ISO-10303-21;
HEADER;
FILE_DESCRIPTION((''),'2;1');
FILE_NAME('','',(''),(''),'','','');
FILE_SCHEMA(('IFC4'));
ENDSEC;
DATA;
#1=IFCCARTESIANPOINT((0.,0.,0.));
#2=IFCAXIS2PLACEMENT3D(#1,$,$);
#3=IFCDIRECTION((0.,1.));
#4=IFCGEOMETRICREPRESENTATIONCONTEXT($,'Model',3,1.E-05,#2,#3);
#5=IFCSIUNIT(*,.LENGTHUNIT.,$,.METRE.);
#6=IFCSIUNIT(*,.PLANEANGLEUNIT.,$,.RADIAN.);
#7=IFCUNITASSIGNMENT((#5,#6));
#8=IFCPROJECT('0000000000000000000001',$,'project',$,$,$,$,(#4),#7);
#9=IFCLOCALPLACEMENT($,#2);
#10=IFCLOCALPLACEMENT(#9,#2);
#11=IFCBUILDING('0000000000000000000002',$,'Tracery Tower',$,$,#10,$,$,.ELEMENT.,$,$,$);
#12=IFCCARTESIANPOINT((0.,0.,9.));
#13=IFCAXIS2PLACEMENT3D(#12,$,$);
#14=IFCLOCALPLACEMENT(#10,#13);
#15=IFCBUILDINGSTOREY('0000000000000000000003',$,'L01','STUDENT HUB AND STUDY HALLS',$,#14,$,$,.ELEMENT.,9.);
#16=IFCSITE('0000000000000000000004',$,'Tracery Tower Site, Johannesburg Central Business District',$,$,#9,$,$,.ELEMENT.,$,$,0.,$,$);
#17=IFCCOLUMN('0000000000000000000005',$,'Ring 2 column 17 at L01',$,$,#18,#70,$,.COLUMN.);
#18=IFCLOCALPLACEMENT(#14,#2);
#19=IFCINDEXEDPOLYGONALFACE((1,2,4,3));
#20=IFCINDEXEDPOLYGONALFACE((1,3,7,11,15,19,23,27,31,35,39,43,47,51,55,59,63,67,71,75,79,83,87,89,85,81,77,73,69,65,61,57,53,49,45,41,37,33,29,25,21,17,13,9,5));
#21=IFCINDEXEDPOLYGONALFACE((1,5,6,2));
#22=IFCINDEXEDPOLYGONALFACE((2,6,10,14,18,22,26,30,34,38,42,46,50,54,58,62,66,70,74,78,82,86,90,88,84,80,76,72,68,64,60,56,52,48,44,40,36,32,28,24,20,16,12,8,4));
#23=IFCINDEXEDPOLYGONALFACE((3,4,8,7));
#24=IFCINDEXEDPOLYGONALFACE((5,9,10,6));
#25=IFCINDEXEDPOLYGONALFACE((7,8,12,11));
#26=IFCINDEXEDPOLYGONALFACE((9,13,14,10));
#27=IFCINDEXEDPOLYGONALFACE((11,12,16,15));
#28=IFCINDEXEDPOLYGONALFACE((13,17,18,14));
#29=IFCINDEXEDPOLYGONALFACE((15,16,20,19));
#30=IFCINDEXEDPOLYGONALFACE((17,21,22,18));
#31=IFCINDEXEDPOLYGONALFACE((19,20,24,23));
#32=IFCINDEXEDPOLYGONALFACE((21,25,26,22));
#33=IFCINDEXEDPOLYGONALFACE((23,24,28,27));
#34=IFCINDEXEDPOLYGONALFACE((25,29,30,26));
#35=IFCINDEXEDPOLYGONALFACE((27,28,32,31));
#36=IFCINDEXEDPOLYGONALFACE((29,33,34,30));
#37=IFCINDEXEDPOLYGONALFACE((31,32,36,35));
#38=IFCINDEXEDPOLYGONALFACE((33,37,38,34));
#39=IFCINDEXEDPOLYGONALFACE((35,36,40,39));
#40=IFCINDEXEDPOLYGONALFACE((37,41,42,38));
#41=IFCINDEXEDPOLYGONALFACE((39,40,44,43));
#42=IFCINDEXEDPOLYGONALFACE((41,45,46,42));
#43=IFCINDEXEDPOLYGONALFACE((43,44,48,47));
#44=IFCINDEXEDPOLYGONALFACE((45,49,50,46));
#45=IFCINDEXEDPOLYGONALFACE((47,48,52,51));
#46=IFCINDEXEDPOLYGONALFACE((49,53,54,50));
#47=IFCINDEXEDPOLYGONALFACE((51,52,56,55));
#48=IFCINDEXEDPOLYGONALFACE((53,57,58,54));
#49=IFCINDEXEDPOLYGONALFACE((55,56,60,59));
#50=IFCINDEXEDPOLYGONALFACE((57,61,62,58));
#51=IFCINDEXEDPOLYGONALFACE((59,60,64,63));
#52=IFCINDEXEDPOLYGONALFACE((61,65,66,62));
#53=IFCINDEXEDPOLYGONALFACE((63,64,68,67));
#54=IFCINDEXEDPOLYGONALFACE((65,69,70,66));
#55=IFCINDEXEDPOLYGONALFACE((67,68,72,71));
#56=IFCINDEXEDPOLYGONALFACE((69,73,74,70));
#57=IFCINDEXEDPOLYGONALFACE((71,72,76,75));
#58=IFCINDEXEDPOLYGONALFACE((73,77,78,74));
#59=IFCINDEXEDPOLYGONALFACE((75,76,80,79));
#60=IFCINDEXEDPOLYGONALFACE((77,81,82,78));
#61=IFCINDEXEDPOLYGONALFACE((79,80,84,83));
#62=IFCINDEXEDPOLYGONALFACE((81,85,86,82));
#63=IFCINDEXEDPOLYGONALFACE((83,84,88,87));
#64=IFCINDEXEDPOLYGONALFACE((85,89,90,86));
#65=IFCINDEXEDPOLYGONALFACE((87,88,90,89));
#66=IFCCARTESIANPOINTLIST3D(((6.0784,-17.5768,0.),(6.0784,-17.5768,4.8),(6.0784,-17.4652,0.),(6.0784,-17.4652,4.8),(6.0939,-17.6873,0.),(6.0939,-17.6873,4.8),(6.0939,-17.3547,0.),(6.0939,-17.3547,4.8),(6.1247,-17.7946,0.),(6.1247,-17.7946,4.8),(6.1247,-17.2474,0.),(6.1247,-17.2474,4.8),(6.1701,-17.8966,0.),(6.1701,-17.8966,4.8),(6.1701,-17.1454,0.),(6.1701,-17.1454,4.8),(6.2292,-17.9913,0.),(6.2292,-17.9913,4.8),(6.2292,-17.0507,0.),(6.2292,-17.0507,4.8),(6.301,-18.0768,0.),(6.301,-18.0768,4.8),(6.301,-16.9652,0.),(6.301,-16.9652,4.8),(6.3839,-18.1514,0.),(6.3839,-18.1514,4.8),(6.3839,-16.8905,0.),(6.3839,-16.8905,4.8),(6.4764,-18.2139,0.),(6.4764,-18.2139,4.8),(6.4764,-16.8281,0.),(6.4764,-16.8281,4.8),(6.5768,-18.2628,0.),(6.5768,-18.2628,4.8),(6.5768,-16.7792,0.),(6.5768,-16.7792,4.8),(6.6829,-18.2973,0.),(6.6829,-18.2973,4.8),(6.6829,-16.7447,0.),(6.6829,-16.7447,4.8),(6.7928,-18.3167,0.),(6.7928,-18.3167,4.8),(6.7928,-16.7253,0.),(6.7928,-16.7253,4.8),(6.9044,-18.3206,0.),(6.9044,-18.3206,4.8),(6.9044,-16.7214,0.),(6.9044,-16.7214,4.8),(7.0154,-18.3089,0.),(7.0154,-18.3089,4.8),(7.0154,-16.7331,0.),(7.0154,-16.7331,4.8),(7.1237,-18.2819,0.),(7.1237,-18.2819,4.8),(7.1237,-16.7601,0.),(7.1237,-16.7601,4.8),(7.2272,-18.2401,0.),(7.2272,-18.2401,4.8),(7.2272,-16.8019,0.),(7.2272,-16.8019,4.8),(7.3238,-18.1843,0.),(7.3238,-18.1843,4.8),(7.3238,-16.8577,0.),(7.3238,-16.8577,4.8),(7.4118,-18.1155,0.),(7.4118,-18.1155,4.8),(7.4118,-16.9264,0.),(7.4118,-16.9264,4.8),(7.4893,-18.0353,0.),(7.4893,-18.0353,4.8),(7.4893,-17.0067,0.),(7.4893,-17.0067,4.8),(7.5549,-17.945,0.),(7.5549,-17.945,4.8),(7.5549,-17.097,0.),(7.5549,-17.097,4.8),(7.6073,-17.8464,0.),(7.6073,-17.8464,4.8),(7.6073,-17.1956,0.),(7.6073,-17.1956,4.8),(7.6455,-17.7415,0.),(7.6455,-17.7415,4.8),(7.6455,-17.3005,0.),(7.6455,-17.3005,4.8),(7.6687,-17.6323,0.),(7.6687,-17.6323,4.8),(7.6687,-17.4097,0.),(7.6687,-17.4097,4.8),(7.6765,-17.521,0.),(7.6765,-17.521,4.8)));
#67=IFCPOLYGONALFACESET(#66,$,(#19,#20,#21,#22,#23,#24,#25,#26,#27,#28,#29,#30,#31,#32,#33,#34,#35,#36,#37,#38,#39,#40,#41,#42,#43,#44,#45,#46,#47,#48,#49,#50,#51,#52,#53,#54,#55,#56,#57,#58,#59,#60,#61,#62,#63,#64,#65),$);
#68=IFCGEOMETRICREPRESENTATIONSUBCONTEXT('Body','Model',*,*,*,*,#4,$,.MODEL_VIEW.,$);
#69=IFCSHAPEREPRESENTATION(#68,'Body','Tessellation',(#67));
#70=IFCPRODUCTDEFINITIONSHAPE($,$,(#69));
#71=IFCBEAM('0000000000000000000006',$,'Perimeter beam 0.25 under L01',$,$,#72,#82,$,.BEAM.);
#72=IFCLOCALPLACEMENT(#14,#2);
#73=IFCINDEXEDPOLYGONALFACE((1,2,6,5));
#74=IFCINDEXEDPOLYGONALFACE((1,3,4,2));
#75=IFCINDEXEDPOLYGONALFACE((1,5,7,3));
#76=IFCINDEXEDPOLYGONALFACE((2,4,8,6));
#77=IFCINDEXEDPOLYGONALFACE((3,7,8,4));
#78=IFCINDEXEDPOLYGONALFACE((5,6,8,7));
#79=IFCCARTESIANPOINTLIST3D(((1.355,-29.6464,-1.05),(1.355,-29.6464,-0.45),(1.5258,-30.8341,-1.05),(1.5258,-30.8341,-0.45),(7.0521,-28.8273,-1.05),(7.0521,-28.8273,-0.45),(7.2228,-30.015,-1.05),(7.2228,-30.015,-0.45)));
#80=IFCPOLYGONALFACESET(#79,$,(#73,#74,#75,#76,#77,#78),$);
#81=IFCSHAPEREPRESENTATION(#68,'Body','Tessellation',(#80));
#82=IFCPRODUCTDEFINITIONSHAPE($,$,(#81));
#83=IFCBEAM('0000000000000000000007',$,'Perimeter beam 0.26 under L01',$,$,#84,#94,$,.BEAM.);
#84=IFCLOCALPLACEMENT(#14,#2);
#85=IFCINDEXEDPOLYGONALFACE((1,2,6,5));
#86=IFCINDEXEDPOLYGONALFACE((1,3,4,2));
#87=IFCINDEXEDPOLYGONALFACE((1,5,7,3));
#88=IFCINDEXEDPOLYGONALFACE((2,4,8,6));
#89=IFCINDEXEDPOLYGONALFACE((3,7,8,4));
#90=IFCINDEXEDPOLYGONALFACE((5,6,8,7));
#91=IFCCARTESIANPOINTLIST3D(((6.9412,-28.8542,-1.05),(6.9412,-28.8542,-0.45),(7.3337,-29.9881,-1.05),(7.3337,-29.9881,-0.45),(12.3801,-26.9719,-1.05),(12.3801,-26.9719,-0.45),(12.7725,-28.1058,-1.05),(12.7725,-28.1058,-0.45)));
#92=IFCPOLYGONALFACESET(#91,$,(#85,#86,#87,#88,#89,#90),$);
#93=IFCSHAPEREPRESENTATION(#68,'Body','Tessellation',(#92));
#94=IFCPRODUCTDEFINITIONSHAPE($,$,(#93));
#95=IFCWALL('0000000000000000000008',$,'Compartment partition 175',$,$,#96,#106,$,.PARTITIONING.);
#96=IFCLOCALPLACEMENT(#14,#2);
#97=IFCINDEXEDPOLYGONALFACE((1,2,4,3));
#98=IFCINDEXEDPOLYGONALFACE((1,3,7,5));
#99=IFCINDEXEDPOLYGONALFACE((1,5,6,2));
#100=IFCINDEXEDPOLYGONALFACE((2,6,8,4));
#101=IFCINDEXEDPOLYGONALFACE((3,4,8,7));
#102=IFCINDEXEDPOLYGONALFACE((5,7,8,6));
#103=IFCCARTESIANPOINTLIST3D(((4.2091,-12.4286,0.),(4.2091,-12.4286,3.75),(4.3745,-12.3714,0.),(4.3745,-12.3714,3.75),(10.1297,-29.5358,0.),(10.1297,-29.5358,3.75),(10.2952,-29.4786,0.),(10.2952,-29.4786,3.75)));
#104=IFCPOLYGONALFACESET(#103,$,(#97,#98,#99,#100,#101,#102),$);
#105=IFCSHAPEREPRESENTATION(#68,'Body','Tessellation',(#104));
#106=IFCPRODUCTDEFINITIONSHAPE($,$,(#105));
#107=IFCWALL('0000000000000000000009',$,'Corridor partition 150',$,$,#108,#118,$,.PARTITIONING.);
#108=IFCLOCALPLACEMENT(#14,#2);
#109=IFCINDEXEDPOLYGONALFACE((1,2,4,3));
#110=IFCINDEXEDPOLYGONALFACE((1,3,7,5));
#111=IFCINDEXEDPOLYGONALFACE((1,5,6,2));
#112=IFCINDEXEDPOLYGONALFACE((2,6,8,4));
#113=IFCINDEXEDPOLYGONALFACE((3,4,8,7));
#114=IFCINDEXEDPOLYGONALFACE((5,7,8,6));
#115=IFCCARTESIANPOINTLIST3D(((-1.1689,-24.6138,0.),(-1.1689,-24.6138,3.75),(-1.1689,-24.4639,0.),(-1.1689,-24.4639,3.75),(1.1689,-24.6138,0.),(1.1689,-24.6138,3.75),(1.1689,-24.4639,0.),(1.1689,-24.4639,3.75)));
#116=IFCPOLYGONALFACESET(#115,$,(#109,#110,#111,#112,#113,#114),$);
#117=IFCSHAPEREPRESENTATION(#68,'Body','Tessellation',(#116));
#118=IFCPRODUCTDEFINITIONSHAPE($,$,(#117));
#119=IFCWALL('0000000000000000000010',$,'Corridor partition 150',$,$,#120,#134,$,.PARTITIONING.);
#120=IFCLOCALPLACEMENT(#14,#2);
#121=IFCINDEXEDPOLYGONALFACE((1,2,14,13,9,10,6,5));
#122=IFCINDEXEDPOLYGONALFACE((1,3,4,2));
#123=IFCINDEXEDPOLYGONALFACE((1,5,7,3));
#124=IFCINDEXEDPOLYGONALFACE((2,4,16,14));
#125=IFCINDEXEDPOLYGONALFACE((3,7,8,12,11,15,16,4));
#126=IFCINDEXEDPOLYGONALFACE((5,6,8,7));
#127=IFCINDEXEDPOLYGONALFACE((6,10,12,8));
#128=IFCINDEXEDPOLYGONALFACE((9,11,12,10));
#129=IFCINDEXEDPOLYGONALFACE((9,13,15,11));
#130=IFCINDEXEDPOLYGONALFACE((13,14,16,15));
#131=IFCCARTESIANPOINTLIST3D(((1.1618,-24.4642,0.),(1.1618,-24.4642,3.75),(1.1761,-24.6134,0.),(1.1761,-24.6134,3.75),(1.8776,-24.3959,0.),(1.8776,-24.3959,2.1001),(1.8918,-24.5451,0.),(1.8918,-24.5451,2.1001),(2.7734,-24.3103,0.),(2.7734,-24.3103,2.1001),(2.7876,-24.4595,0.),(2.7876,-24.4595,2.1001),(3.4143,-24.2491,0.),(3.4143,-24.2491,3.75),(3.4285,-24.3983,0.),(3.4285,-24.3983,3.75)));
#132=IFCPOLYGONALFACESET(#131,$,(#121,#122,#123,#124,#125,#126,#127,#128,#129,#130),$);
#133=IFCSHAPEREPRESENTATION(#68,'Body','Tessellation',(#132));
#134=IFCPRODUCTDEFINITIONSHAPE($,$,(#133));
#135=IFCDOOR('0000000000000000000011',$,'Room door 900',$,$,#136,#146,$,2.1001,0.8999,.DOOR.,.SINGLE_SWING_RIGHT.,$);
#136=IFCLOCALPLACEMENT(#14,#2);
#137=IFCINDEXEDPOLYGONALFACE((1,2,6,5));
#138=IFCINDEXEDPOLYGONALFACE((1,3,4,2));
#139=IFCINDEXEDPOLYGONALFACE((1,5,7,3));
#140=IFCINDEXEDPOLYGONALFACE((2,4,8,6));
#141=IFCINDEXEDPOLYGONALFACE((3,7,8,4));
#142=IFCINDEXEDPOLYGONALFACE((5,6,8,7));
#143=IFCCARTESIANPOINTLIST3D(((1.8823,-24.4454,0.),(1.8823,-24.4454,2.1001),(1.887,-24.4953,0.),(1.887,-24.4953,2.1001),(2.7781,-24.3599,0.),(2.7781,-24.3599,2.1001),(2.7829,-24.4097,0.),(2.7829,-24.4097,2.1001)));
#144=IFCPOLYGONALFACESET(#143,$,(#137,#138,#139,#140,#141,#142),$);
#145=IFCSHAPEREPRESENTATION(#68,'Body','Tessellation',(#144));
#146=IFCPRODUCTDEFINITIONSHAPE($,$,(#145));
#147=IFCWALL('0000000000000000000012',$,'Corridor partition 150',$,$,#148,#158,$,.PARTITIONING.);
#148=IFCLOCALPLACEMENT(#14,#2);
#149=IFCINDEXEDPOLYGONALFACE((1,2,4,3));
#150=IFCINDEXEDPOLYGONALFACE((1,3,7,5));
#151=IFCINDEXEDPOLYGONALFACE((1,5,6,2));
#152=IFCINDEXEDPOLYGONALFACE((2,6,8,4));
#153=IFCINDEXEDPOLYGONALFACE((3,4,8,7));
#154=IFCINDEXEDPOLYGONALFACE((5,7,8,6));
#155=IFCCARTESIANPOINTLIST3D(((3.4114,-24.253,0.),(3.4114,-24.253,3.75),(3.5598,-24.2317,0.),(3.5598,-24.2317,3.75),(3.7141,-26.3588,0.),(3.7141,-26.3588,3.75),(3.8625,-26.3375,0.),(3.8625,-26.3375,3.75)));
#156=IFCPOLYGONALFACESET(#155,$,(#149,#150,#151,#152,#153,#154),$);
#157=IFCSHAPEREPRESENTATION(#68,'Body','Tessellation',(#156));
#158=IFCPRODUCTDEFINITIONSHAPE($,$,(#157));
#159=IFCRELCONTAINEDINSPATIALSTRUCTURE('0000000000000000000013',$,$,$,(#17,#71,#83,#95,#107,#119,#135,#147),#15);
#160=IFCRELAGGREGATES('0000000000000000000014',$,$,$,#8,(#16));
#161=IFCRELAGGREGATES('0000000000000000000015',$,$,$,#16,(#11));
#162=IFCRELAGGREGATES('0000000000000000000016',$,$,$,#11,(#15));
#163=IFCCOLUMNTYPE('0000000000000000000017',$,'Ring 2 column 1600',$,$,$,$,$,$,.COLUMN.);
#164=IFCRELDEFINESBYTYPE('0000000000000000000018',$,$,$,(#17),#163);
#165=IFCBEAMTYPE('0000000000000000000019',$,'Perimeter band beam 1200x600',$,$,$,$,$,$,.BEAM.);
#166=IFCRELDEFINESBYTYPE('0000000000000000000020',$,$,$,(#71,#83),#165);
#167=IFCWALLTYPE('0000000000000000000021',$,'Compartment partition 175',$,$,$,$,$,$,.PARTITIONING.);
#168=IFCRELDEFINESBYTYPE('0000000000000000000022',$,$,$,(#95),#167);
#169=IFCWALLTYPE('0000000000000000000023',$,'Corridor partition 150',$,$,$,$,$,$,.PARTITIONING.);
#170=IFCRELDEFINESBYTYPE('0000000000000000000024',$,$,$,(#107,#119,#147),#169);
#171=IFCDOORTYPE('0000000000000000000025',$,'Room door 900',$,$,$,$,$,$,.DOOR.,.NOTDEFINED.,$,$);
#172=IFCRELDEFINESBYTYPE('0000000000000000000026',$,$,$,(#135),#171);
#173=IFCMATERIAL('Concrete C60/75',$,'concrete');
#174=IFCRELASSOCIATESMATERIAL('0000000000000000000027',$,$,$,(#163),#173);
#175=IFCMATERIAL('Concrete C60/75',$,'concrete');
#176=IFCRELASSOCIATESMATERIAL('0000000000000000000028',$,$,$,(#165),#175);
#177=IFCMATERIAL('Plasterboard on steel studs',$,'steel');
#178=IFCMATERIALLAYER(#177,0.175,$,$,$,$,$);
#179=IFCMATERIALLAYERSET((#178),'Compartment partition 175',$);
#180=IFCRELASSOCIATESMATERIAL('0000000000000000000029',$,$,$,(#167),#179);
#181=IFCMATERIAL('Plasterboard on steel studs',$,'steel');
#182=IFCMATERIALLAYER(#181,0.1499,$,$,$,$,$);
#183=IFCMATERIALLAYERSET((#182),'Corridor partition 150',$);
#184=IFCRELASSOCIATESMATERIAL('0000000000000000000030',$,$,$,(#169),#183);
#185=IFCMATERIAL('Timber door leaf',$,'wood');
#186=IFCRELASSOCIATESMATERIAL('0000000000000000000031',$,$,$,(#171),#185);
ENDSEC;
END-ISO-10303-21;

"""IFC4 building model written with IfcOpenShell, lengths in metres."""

from ifc_helpers import new_model, si_unit, direction, frame, frame_2d, origin, origin_2d, place, context, subcontext, project, spatial, rectangle, circle, extrude, material, layer, layer_set, material_profile, profile_set, type_object, element, fill, save


model = new_model("IFC4")

# Units and contexts
model_context = context("Model", 3, precision=1e-05, world=origin(), true_north=direction((0.0, 1.0)))
body_context = subcontext(model_context, "Body", "Model", "MODEL_VIEW")
ifc_project = project(units=[si_unit("LENGTHUNIT", "METRE"), si_unit("PLANEANGLEUNIT", "RADIAN")], contexts=[model_context])

# Site, building, storey
site_placement = place(None, origin())
site = spatial("IfcSite", under=ifc_project, at=site_placement, Name="Tracery Tower Site, Johannesburg Central Business District", CompositionType="ELEMENT", RefElevation=0.0)
building_placement = place(site_placement, origin())
building = spatial("IfcBuilding", under=site, at=building_placement, Name="Tracery Tower", CompositionType="ELEMENT")
storey_placement = place(building_placement, frame((0.0, 0.0, 9.0)))
storey = spatial("IfcBuildingStorey", under=building, at=storey_placement, Name="L01", Description="STUDENT HUB AND STUDY HALLS", CompositionType="ELEMENT", Elevation=9.0)

# Column
ifc_material_1 = material(Name="Concrete C60/75", Category="concrete")
ifc_material_profile_1 = material_profile(ifc_material_1, circle(Radius=0.8, at=origin_2d()), Name="RC D1600")
ifc_profile_set_1 = profile_set([ifc_material_profile_1], Name="Concrete C60/75")
column_type_1 = type_object("IfcColumnType", Name="Ring 2 column 1600", PredefinedType="COLUMN", material=ifc_profile_set_1)
for number, where, z_axis, x_axis, name in (
    (1, (6.8765, -17.521, 0.0), (0.0, 0.0, 1.0), (1.0, 0.0, 0.0), "Ring 2 column 17 at L01"),
):
    element("IfcColumn", number, at=place(storey_placement, frame(where, z_axis=z_axis, x_axis=x_axis)), inside=storey, type_object=column_type_1, Name=name, PredefinedType="COLUMN", context=body_context, shape_type="SweptSolid", body=[
        extrude(circle(Radius=0.8, at=origin_2d()), origin(), (0.0, 0.0, 1.0), 4.8),
    ])

# Beams
ifc_material_2 = material(Name="Concrete C60/75", Category="concrete")
ifc_material_profile_2 = material_profile(ifc_material_2, rectangle(XDim=1.2, YDim=0.6001, at=origin_2d()), Name="RC 1200x600")
ifc_profile_set_2 = profile_set([ifc_material_profile_2], Name="Concrete C60/75")
beam_type = type_object("IfcBeamType", Name="Perimeter band beam 1200x600", PredefinedType="BEAM", material=ifc_profile_set_2)
beam_1_placement = place(storey_placement, frame((1.4404, -30.2402, -0.75), z_axis=(0.989822, 0.142312, 0.0), x_axis=(-0.142312, 0.989822, 0.0)))
element("IfcBeam", 2, at=beam_1_placement, inside=storey, type_object=beam_type, Name="Perimeter beam 0.25 under L01", PredefinedType="BEAM", context=body_context, shape_type="SweptSolid", body=[
    extrude(rectangle(XDim=1.2, YDim=0.6001, at=origin_2d()), origin(), (0.0, 0.0, 1.0), 5.7556),
])
beam_2_placement = place(storey_placement, frame((7.1375, -29.4211, -0.75), z_axis=(0.945007, 0.327049, 0.0), x_axis=(-0.327049, 0.945007, 0.0)))
element("IfcBeam", 3, at=beam_2_placement, inside=storey, type_object=beam_type, Name="Perimeter beam 0.26 under L01", PredefinedType="BEAM", context=body_context, shape_type="SweptSolid", body=[
    extrude(rectangle(XDim=1.2, YDim=0.6001, at=origin_2d()), origin(), (0.0, 0.0, 1.0), 5.7554),
])

# Walls
ifc_material_3 = material(Name="Plasterboard on steel studs", Category="steel")
ifc_layer_1 = layer(ifc_material_3, 0.175)
ifc_layer_set_1 = layer_set([ifc_layer_1], Name="Compartment partition 175")
wall_type_1 = type_object("IfcWallType", Name="Compartment partition 175", PredefinedType="PARTITIONING", material=ifc_layer_set_1)
wall_1_placement = place(storey_placement, frame((10.2124, -29.5071, 0.0), z_axis=(0.0, 0.0, 1.0), x_axis=(-0.327058, 0.945004, 0.0)))
element("IfcWall", 4, at=wall_1_placement, inside=storey, type_object=wall_type_1, Name="Compartment partition 175", PredefinedType="PARTITIONING", context=body_context, shape_type="SweptSolid", body=[
    extrude(rectangle(XDim=18.1028, YDim=0.175, at=frame_2d((9.0513, 0.0))), origin(), (0.0, 0.0, 1.0), 3.75),
])
ifc_material_4 = material(Name="Plasterboard on steel studs", Category="steel")
ifc_layer_2 = layer(ifc_material_4, 0.1499)
ifc_layer_set_2 = layer_set([ifc_layer_2], Name="Corridor partition 150")
wall_type_2 = type_object("IfcWallType", Name="Corridor partition 150", PredefinedType="PARTITIONING", material=ifc_layer_set_2)
wall_2_placement = place(storey_placement, frame((-1.1689, -24.5388, 0.0), z_axis=(0.0, 0.0, 1.0), x_axis=(1.0, 0.0, 0.0)))
element("IfcWall", 5, at=wall_2_placement, inside=storey, type_object=wall_type_2, Name="Corridor partition 150", PredefinedType="PARTITIONING", context=body_context, shape_type="SweptSolid", body=[
    extrude(rectangle(XDim=2.3379, YDim=0.1499, at=frame_2d((1.1689, 0.0))), origin(), (0.0, 0.0, 1.0), 3.75),
])

# Wall, opening, door
wall_3_placement = place(storey_placement, frame((3.4214, -24.3237, 0.0), z_axis=(0.0, 0.0, 1.0), x_axis=(-0.995472, -0.095059, 0.0)))
wall_3 = element("IfcWall", 6, at=wall_3_placement, inside=storey, type_object=wall_type_2, Name="Corridor partition 150", PredefinedType="PARTITIONING", context=body_context, shape_type="SweptSolid", body=[
    extrude(rectangle(XDim=2.2627, YDim=0.1499, at=frame_2d((1.1313, 0.0))), origin(), (0.0, 0.0, 1.0), 3.75),
])
opening_1_placement = place(wall_3_placement, frame((0.6438, 0.0, 0.0)))
opening_1 = element("IfcOpeningElement", 7, at=opening_1_placement, cuts=wall_3, PredefinedType="OPENING", context=body_context, shape_type="SweptSolid", body=[
    extrude(rectangle(XDim=0.8999, YDim=2.1001, at=frame_2d((0.45, 1.05))), frame((0.0, 0.075, 0.0), z_axis=(0.0, -1.0, 0.0), x_axis=(1.0, 0.0, 0.0)), (0.0, 0.0, 1.0), 0.1499),
])
ifc_material_5 = material(Name="Timber door leaf", Category="wood")
door_type_1 = type_object("IfcDoorType", Name="Room door 900", OperationType="NOTDEFINED", PredefinedType="DOOR", material=ifc_material_5)
door_1_placement = place(opening_1_placement, origin())
door_1 = element("IfcDoor", 8, at=door_1_placement, inside=storey, type_object=door_type_1, Name="Room door 900", OperationType="SINGLE_SWING_RIGHT", OverallHeight=2.1001, OverallWidth=0.8999, PredefinedType="DOOR", context=body_context, shape_type="SweptSolid", body=[
    extrude(rectangle(XDim=0.8999, YDim=2.1001, at=frame_2d((0.45, 1.05))), frame((0.0, 0.0249, 0.0), z_axis=(0.0, -1.0, 0.0), x_axis=(1.0, 0.0, 0.0)), (0.0, 0.0, 1.0), 0.05),
])
fill(opening_1, door_1)

# Wall
wall_4_placement = place(storey_placement, frame((3.7883, -26.3481, 0.0), z_axis=(0.0, 0.0, 1.0), x_axis=(-0.142305, 0.989823, 0.0)))
element("IfcWall", 9, at=wall_4_placement, inside=storey, type_object=wall_type_2, Name="Corridor partition 150", PredefinedType="PARTITIONING", context=body_context, shape_type="SweptSolid", body=[
    extrude(rectangle(XDim=2.1274, YDim=0.1499, at=frame_2d((1.0637, 0.0))), origin(), (0.0, 0.0, 1.0), 3.75),
])

save(model, "model.ifc")
